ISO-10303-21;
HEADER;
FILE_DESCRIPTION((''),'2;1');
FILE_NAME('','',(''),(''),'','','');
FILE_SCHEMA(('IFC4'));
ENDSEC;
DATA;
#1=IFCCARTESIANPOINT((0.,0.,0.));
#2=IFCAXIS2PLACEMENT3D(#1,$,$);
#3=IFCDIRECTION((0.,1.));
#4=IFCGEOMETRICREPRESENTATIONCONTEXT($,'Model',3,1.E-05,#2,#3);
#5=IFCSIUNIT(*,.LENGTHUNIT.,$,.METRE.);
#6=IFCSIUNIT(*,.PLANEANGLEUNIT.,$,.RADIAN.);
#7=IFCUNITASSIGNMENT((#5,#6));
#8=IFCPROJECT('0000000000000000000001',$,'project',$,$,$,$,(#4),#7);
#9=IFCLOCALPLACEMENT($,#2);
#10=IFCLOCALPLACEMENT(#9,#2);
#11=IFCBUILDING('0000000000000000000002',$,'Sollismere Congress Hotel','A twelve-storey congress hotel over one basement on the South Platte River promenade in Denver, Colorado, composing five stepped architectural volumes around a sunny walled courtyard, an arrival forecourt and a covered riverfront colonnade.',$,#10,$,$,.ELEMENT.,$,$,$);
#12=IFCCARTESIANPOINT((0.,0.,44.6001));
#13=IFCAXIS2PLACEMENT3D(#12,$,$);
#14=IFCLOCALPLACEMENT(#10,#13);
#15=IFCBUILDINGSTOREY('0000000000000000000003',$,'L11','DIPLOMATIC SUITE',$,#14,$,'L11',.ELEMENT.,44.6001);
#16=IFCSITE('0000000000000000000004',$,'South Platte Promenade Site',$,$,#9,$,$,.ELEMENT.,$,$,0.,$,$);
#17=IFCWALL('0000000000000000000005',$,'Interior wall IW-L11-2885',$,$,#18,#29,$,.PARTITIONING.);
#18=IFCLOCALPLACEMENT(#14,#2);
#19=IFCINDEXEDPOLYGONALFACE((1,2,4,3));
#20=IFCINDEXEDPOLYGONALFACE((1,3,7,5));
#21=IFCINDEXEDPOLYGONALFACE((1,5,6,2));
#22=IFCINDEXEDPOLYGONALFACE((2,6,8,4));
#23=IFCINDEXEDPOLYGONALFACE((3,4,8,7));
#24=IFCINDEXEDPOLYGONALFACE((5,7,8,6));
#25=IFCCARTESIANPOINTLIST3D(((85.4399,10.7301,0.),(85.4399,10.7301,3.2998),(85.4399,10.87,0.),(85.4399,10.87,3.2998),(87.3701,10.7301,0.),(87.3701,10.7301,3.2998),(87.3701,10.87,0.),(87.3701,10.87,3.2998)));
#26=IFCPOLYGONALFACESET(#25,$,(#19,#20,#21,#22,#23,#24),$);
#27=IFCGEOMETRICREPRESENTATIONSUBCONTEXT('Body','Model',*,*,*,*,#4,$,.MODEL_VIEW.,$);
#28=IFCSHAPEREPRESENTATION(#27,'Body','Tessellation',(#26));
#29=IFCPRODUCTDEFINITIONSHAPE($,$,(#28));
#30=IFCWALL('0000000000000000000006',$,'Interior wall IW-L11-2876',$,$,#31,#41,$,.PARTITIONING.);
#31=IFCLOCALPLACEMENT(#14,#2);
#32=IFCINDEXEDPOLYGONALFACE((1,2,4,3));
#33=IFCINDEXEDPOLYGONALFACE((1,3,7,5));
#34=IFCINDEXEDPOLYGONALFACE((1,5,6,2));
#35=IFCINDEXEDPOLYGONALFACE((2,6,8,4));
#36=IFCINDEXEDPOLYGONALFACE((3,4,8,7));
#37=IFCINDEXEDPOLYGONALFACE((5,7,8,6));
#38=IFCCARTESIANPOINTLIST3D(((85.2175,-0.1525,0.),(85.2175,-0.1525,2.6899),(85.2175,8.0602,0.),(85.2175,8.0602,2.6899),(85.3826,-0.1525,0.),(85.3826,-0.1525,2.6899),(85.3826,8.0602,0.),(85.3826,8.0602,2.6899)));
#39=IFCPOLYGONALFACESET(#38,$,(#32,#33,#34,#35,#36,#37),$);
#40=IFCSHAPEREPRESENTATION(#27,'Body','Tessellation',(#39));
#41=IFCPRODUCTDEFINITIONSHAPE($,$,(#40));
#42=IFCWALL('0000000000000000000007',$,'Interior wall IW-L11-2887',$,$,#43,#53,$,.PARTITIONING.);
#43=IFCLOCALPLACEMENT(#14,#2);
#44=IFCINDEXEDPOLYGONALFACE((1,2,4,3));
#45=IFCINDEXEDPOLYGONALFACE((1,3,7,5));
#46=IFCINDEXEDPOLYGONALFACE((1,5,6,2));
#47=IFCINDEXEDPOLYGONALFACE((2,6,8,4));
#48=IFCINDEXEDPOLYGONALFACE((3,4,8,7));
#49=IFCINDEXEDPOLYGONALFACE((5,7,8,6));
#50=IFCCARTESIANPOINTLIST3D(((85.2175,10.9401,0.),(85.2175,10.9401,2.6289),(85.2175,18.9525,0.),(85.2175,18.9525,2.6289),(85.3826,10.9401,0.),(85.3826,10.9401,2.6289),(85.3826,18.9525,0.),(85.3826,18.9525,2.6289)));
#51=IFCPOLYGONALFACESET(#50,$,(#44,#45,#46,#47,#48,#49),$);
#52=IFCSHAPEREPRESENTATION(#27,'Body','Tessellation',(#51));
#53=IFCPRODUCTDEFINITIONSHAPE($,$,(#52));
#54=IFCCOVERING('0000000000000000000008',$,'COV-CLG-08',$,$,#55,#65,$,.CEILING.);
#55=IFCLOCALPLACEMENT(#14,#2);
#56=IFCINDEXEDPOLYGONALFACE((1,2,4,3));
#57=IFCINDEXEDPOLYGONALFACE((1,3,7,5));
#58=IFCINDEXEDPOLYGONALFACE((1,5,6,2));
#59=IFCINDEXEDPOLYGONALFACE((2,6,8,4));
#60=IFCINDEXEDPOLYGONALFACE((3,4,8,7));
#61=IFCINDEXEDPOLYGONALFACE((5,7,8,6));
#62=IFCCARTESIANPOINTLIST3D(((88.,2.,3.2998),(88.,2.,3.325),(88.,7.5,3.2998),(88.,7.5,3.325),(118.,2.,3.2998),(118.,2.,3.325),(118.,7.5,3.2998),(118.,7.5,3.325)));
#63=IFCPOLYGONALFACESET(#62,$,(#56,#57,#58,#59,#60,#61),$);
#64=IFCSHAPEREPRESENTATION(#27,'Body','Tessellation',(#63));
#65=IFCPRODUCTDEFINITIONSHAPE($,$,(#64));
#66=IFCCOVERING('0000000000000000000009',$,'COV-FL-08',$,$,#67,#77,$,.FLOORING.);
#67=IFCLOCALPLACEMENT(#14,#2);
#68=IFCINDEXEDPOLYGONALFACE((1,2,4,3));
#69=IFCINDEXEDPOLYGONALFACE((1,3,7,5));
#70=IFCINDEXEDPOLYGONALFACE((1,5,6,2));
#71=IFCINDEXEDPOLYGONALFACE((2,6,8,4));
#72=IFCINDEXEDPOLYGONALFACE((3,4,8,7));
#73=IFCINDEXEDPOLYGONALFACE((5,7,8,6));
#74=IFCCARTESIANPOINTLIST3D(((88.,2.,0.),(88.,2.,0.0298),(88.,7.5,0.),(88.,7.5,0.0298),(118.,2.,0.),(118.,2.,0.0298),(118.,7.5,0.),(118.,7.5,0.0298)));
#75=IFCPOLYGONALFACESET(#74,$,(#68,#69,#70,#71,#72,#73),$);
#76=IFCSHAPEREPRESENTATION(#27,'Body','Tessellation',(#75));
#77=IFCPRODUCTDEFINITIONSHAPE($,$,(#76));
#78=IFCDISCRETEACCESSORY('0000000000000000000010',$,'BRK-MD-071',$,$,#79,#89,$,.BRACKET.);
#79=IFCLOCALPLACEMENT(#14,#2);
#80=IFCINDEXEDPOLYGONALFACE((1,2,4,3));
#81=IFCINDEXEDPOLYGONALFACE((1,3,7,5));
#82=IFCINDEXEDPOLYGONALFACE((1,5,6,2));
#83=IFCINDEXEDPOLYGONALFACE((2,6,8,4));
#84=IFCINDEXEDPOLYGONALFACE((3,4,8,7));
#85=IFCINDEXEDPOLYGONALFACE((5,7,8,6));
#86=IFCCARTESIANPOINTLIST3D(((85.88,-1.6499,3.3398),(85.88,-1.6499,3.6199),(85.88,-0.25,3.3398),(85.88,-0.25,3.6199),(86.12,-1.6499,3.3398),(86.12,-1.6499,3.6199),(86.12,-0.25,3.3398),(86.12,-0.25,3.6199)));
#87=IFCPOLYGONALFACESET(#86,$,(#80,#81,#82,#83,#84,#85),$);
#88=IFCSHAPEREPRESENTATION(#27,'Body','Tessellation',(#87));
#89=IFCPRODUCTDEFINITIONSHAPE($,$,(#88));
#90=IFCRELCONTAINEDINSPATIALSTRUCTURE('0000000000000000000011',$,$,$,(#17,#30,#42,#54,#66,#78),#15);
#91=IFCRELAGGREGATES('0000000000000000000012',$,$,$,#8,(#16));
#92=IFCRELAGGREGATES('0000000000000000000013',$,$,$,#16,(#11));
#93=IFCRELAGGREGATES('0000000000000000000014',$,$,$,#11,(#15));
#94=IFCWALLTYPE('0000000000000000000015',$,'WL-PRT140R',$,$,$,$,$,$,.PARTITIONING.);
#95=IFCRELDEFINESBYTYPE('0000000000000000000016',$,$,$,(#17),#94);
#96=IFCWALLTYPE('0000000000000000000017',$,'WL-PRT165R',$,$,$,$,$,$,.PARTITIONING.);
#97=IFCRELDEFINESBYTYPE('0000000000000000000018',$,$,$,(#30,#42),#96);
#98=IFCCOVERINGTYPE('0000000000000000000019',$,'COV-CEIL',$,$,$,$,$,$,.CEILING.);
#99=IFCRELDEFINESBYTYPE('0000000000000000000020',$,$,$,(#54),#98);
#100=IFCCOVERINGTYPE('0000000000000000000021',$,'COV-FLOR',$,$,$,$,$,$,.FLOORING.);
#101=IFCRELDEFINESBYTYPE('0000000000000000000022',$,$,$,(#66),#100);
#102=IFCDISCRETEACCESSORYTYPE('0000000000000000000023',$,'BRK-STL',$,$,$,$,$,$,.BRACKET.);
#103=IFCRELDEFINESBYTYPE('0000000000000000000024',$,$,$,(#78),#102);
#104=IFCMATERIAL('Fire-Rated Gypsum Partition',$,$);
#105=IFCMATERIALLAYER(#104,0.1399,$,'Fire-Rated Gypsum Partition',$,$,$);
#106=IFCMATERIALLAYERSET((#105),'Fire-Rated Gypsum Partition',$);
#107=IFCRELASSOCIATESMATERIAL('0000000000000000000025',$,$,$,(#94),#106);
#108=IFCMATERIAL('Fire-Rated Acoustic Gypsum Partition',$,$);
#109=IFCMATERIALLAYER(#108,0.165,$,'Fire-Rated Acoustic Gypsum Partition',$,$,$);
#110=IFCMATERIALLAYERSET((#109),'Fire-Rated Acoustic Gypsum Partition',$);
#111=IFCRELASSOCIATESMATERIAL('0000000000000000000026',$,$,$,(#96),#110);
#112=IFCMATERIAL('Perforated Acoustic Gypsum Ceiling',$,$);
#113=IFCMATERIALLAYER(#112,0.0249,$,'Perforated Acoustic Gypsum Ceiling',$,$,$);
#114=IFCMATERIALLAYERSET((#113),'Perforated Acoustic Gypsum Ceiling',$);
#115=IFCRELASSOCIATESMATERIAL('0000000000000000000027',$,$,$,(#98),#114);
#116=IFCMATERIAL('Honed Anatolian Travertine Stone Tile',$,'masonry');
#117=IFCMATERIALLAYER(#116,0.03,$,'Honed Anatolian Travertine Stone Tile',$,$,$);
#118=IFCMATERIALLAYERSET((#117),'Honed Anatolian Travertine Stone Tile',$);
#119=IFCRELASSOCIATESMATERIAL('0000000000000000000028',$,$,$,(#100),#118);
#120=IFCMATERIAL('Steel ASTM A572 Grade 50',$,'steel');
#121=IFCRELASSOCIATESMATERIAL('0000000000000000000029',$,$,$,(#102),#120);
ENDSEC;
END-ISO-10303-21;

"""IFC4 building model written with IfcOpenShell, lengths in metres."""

from ifc_helpers import new_model, si_unit, direction, frame, frame_2d, origin, origin_2d, place, context, subcontext, project, spatial, polyline, rectangle, outline, extrude, material, layer, layer_set, type_object, element, save


model = new_model("IFC4")

# Units and contexts
model_context = context("Model", 3, precision=1e-05, world=origin(), true_north=direction((0.0, 1.0)))
body_context = subcontext(model_context, "Body", "Model", "MODEL_VIEW")
ifc_project = project(units=[si_unit("LENGTHUNIT", "METRE"), si_unit("PLANEANGLEUNIT", "RADIAN")], contexts=[model_context])

# Site, building, storey
site_placement = place(None, origin())
site = spatial("IfcSite", under=ifc_project, at=site_placement, Name="South Platte Promenade Site", CompositionType="ELEMENT", RefElevation=0.0)
building_placement = place(site_placement, origin())
building = spatial("IfcBuilding", under=site, at=building_placement, Name="Sollismere Congress Hotel", Description="A twelve-storey congress hotel over one basement on the South Platte River promenade in Denver, Colorado, composing five stepped architectural volumes around a sunny walled courtyard, an arrival forecourt and a covered riverfront colonnade.", CompositionType="ELEMENT")
storey_placement = place(building_placement, frame((0.0, 0.0, 44.6001)))
storey = spatial("IfcBuildingStorey", under=building, at=storey_placement, Name="L11", Description="DIPLOMATIC SUITE", LongName="L11", CompositionType="ELEMENT", Elevation=44.6001)

# Walls
ifc_material_1 = material(Name="Fire-Rated Gypsum Partition")
ifc_layer_1 = layer(ifc_material_1, 0.1399, Name="Fire-Rated Gypsum Partition")
ifc_layer_set_1 = layer_set([ifc_layer_1], Name="Fire-Rated Gypsum Partition")
wall_type_1 = type_object("IfcWallType", Name="WL-PRT140R", PredefinedType="PARTITIONING", material=ifc_layer_set_1)
wall_1_placement = place(storey_placement, frame((85.4399, 10.8, 0.0), z_axis=(0.0, 0.0, 1.0), x_axis=(1.0, 0.0, 0.0)))
element("IfcWall", 1, at=wall_1_placement, inside=storey, type_object=wall_type_1, Name="Interior wall IW-L11-2885", PredefinedType="PARTITIONING", context=body_context, shape_type="SweptSolid", body=[
    extrude(rectangle(XDim=1.9302, YDim=0.1399, at=frame_2d((0.9651, 0.0))), origin(), (0.0, 0.0, 1.0), 3.2998),
])
ifc_material_2 = material(Name="Fire-Rated Acoustic Gypsum Partition")
ifc_layer_2 = layer(ifc_material_2, 0.165, Name="Fire-Rated Acoustic Gypsum Partition")
ifc_layer_set_2 = layer_set([ifc_layer_2], Name="Fire-Rated Acoustic Gypsum Partition")
wall_type_2 = type_object("IfcWallType", Name="WL-PRT165R", PredefinedType="PARTITIONING", material=ifc_layer_set_2)
wall_2_placement = place(storey_placement, frame((85.3, -0.1526, 0.0), z_axis=(0.0, 0.0, 1.0), x_axis=(0.0, 1.0, 0.0)))
element("IfcWall", 2, at=wall_2_placement, inside=storey, type_object=wall_type_2, Name="Interior wall IW-L11-2876", PredefinedType="PARTITIONING", context=body_context, shape_type="SweptSolid", body=[
    extrude(rectangle(XDim=8.2126, YDim=0.165, at=frame_2d((4.1064, 0.0))), origin(), (0.0, 0.0, 1.0), 2.6899),
])
wall_3_placement = place(storey_placement, frame((85.3, 10.9399, 0.0), z_axis=(0.0, 0.0, 1.0), x_axis=(0.0, 1.0, 0.0)))
element("IfcWall", 3, at=wall_3_placement, inside=storey, type_object=wall_type_2, Name="Interior wall IW-L11-2887", PredefinedType="PARTITIONING", context=body_context, shape_type="SweptSolid", body=[
    extrude(rectangle(XDim=8.0125, YDim=0.165, at=frame_2d((4.0063, 0.0))), origin(), (0.0, 0.0, 1.0), 2.6289),
])

# Coverings
ifc_material_3 = material(Name="Perforated Acoustic Gypsum Ceiling")
ifc_layer_3 = layer(ifc_material_3, 0.0249, Name="Perforated Acoustic Gypsum Ceiling")
ifc_layer_set_3 = layer_set([ifc_layer_3], Name="Perforated Acoustic Gypsum Ceiling")
covering_type_1 = type_object("IfcCoveringType", Name="COV-CEIL", PredefinedType="CEILING", material=ifc_layer_set_3)
covering_1_placement = place(storey_placement, frame((0.0, 0.0, 3.2998)))
element("IfcCovering", 4, at=covering_1_placement, inside=storey, type_object=covering_type_1, Name="COV-CLG-08", PredefinedType="CEILING", context=body_context, shape_type="SweptSolid", body=[
    extrude(outline(polyline([(88.0, 2.0), (118.0, 2.0), (118.0, 7.5), (88.0, 7.5), (88.0, 2.0)])), origin(), (0.0, 0.0, 1.0), 0.0251),
])
ifc_material_4 = material(Name="Honed Anatolian Travertine Stone Tile", Category="masonry")
ifc_layer_4 = layer(ifc_material_4, 0.03, Name="Honed Anatolian Travertine Stone Tile")
ifc_layer_set_4 = layer_set([ifc_layer_4], Name="Honed Anatolian Travertine Stone Tile")
covering_type_2 = type_object("IfcCoveringType", Name="COV-FLOR", PredefinedType="FLOORING", material=ifc_layer_set_4)
covering_2_placement = place(storey_placement, origin())
element("IfcCovering", 5, at=covering_2_placement, inside=storey, type_object=covering_type_2, Name="COV-FL-08", PredefinedType="FLOORING", context=body_context, shape_type="SweptSolid", body=[
    extrude(outline(polyline([(88.0, 2.0), (118.0, 2.0), (118.0, 7.5), (88.0, 7.5), (88.0, 2.0)])), origin(), (0.0, 0.0, 1.0), 0.0298),
])

# Discrete accessory
ifc_material_5 = material(Name="Steel ASTM A572 Grade 50", Category="steel")
discrete_accessory_type = type_object("IfcDiscreteAccessoryType", Name="BRK-STL", PredefinedType="BRACKET", material=ifc_material_5)
discrete_accessory_placement = place(storey_placement, frame((86.0, -0.95, 3.3398), z_axis=(0.0, 0.0, 1.0), x_axis=(1.0, 0.0, 0.0)))
element("IfcDiscreteAccessory", 6, at=discrete_accessory_placement, inside=storey, type_object=discrete_accessory_type, Name="BRK-MD-071", PredefinedType="BRACKET", context=body_context, shape_type="SweptSolid", body=[
    extrude(rectangle(XDim=0.24, YDim=1.3999, at=origin_2d()), origin(), (0.0, 0.0, 1.0), 0.28),
])

save(model, "model.ifc")
